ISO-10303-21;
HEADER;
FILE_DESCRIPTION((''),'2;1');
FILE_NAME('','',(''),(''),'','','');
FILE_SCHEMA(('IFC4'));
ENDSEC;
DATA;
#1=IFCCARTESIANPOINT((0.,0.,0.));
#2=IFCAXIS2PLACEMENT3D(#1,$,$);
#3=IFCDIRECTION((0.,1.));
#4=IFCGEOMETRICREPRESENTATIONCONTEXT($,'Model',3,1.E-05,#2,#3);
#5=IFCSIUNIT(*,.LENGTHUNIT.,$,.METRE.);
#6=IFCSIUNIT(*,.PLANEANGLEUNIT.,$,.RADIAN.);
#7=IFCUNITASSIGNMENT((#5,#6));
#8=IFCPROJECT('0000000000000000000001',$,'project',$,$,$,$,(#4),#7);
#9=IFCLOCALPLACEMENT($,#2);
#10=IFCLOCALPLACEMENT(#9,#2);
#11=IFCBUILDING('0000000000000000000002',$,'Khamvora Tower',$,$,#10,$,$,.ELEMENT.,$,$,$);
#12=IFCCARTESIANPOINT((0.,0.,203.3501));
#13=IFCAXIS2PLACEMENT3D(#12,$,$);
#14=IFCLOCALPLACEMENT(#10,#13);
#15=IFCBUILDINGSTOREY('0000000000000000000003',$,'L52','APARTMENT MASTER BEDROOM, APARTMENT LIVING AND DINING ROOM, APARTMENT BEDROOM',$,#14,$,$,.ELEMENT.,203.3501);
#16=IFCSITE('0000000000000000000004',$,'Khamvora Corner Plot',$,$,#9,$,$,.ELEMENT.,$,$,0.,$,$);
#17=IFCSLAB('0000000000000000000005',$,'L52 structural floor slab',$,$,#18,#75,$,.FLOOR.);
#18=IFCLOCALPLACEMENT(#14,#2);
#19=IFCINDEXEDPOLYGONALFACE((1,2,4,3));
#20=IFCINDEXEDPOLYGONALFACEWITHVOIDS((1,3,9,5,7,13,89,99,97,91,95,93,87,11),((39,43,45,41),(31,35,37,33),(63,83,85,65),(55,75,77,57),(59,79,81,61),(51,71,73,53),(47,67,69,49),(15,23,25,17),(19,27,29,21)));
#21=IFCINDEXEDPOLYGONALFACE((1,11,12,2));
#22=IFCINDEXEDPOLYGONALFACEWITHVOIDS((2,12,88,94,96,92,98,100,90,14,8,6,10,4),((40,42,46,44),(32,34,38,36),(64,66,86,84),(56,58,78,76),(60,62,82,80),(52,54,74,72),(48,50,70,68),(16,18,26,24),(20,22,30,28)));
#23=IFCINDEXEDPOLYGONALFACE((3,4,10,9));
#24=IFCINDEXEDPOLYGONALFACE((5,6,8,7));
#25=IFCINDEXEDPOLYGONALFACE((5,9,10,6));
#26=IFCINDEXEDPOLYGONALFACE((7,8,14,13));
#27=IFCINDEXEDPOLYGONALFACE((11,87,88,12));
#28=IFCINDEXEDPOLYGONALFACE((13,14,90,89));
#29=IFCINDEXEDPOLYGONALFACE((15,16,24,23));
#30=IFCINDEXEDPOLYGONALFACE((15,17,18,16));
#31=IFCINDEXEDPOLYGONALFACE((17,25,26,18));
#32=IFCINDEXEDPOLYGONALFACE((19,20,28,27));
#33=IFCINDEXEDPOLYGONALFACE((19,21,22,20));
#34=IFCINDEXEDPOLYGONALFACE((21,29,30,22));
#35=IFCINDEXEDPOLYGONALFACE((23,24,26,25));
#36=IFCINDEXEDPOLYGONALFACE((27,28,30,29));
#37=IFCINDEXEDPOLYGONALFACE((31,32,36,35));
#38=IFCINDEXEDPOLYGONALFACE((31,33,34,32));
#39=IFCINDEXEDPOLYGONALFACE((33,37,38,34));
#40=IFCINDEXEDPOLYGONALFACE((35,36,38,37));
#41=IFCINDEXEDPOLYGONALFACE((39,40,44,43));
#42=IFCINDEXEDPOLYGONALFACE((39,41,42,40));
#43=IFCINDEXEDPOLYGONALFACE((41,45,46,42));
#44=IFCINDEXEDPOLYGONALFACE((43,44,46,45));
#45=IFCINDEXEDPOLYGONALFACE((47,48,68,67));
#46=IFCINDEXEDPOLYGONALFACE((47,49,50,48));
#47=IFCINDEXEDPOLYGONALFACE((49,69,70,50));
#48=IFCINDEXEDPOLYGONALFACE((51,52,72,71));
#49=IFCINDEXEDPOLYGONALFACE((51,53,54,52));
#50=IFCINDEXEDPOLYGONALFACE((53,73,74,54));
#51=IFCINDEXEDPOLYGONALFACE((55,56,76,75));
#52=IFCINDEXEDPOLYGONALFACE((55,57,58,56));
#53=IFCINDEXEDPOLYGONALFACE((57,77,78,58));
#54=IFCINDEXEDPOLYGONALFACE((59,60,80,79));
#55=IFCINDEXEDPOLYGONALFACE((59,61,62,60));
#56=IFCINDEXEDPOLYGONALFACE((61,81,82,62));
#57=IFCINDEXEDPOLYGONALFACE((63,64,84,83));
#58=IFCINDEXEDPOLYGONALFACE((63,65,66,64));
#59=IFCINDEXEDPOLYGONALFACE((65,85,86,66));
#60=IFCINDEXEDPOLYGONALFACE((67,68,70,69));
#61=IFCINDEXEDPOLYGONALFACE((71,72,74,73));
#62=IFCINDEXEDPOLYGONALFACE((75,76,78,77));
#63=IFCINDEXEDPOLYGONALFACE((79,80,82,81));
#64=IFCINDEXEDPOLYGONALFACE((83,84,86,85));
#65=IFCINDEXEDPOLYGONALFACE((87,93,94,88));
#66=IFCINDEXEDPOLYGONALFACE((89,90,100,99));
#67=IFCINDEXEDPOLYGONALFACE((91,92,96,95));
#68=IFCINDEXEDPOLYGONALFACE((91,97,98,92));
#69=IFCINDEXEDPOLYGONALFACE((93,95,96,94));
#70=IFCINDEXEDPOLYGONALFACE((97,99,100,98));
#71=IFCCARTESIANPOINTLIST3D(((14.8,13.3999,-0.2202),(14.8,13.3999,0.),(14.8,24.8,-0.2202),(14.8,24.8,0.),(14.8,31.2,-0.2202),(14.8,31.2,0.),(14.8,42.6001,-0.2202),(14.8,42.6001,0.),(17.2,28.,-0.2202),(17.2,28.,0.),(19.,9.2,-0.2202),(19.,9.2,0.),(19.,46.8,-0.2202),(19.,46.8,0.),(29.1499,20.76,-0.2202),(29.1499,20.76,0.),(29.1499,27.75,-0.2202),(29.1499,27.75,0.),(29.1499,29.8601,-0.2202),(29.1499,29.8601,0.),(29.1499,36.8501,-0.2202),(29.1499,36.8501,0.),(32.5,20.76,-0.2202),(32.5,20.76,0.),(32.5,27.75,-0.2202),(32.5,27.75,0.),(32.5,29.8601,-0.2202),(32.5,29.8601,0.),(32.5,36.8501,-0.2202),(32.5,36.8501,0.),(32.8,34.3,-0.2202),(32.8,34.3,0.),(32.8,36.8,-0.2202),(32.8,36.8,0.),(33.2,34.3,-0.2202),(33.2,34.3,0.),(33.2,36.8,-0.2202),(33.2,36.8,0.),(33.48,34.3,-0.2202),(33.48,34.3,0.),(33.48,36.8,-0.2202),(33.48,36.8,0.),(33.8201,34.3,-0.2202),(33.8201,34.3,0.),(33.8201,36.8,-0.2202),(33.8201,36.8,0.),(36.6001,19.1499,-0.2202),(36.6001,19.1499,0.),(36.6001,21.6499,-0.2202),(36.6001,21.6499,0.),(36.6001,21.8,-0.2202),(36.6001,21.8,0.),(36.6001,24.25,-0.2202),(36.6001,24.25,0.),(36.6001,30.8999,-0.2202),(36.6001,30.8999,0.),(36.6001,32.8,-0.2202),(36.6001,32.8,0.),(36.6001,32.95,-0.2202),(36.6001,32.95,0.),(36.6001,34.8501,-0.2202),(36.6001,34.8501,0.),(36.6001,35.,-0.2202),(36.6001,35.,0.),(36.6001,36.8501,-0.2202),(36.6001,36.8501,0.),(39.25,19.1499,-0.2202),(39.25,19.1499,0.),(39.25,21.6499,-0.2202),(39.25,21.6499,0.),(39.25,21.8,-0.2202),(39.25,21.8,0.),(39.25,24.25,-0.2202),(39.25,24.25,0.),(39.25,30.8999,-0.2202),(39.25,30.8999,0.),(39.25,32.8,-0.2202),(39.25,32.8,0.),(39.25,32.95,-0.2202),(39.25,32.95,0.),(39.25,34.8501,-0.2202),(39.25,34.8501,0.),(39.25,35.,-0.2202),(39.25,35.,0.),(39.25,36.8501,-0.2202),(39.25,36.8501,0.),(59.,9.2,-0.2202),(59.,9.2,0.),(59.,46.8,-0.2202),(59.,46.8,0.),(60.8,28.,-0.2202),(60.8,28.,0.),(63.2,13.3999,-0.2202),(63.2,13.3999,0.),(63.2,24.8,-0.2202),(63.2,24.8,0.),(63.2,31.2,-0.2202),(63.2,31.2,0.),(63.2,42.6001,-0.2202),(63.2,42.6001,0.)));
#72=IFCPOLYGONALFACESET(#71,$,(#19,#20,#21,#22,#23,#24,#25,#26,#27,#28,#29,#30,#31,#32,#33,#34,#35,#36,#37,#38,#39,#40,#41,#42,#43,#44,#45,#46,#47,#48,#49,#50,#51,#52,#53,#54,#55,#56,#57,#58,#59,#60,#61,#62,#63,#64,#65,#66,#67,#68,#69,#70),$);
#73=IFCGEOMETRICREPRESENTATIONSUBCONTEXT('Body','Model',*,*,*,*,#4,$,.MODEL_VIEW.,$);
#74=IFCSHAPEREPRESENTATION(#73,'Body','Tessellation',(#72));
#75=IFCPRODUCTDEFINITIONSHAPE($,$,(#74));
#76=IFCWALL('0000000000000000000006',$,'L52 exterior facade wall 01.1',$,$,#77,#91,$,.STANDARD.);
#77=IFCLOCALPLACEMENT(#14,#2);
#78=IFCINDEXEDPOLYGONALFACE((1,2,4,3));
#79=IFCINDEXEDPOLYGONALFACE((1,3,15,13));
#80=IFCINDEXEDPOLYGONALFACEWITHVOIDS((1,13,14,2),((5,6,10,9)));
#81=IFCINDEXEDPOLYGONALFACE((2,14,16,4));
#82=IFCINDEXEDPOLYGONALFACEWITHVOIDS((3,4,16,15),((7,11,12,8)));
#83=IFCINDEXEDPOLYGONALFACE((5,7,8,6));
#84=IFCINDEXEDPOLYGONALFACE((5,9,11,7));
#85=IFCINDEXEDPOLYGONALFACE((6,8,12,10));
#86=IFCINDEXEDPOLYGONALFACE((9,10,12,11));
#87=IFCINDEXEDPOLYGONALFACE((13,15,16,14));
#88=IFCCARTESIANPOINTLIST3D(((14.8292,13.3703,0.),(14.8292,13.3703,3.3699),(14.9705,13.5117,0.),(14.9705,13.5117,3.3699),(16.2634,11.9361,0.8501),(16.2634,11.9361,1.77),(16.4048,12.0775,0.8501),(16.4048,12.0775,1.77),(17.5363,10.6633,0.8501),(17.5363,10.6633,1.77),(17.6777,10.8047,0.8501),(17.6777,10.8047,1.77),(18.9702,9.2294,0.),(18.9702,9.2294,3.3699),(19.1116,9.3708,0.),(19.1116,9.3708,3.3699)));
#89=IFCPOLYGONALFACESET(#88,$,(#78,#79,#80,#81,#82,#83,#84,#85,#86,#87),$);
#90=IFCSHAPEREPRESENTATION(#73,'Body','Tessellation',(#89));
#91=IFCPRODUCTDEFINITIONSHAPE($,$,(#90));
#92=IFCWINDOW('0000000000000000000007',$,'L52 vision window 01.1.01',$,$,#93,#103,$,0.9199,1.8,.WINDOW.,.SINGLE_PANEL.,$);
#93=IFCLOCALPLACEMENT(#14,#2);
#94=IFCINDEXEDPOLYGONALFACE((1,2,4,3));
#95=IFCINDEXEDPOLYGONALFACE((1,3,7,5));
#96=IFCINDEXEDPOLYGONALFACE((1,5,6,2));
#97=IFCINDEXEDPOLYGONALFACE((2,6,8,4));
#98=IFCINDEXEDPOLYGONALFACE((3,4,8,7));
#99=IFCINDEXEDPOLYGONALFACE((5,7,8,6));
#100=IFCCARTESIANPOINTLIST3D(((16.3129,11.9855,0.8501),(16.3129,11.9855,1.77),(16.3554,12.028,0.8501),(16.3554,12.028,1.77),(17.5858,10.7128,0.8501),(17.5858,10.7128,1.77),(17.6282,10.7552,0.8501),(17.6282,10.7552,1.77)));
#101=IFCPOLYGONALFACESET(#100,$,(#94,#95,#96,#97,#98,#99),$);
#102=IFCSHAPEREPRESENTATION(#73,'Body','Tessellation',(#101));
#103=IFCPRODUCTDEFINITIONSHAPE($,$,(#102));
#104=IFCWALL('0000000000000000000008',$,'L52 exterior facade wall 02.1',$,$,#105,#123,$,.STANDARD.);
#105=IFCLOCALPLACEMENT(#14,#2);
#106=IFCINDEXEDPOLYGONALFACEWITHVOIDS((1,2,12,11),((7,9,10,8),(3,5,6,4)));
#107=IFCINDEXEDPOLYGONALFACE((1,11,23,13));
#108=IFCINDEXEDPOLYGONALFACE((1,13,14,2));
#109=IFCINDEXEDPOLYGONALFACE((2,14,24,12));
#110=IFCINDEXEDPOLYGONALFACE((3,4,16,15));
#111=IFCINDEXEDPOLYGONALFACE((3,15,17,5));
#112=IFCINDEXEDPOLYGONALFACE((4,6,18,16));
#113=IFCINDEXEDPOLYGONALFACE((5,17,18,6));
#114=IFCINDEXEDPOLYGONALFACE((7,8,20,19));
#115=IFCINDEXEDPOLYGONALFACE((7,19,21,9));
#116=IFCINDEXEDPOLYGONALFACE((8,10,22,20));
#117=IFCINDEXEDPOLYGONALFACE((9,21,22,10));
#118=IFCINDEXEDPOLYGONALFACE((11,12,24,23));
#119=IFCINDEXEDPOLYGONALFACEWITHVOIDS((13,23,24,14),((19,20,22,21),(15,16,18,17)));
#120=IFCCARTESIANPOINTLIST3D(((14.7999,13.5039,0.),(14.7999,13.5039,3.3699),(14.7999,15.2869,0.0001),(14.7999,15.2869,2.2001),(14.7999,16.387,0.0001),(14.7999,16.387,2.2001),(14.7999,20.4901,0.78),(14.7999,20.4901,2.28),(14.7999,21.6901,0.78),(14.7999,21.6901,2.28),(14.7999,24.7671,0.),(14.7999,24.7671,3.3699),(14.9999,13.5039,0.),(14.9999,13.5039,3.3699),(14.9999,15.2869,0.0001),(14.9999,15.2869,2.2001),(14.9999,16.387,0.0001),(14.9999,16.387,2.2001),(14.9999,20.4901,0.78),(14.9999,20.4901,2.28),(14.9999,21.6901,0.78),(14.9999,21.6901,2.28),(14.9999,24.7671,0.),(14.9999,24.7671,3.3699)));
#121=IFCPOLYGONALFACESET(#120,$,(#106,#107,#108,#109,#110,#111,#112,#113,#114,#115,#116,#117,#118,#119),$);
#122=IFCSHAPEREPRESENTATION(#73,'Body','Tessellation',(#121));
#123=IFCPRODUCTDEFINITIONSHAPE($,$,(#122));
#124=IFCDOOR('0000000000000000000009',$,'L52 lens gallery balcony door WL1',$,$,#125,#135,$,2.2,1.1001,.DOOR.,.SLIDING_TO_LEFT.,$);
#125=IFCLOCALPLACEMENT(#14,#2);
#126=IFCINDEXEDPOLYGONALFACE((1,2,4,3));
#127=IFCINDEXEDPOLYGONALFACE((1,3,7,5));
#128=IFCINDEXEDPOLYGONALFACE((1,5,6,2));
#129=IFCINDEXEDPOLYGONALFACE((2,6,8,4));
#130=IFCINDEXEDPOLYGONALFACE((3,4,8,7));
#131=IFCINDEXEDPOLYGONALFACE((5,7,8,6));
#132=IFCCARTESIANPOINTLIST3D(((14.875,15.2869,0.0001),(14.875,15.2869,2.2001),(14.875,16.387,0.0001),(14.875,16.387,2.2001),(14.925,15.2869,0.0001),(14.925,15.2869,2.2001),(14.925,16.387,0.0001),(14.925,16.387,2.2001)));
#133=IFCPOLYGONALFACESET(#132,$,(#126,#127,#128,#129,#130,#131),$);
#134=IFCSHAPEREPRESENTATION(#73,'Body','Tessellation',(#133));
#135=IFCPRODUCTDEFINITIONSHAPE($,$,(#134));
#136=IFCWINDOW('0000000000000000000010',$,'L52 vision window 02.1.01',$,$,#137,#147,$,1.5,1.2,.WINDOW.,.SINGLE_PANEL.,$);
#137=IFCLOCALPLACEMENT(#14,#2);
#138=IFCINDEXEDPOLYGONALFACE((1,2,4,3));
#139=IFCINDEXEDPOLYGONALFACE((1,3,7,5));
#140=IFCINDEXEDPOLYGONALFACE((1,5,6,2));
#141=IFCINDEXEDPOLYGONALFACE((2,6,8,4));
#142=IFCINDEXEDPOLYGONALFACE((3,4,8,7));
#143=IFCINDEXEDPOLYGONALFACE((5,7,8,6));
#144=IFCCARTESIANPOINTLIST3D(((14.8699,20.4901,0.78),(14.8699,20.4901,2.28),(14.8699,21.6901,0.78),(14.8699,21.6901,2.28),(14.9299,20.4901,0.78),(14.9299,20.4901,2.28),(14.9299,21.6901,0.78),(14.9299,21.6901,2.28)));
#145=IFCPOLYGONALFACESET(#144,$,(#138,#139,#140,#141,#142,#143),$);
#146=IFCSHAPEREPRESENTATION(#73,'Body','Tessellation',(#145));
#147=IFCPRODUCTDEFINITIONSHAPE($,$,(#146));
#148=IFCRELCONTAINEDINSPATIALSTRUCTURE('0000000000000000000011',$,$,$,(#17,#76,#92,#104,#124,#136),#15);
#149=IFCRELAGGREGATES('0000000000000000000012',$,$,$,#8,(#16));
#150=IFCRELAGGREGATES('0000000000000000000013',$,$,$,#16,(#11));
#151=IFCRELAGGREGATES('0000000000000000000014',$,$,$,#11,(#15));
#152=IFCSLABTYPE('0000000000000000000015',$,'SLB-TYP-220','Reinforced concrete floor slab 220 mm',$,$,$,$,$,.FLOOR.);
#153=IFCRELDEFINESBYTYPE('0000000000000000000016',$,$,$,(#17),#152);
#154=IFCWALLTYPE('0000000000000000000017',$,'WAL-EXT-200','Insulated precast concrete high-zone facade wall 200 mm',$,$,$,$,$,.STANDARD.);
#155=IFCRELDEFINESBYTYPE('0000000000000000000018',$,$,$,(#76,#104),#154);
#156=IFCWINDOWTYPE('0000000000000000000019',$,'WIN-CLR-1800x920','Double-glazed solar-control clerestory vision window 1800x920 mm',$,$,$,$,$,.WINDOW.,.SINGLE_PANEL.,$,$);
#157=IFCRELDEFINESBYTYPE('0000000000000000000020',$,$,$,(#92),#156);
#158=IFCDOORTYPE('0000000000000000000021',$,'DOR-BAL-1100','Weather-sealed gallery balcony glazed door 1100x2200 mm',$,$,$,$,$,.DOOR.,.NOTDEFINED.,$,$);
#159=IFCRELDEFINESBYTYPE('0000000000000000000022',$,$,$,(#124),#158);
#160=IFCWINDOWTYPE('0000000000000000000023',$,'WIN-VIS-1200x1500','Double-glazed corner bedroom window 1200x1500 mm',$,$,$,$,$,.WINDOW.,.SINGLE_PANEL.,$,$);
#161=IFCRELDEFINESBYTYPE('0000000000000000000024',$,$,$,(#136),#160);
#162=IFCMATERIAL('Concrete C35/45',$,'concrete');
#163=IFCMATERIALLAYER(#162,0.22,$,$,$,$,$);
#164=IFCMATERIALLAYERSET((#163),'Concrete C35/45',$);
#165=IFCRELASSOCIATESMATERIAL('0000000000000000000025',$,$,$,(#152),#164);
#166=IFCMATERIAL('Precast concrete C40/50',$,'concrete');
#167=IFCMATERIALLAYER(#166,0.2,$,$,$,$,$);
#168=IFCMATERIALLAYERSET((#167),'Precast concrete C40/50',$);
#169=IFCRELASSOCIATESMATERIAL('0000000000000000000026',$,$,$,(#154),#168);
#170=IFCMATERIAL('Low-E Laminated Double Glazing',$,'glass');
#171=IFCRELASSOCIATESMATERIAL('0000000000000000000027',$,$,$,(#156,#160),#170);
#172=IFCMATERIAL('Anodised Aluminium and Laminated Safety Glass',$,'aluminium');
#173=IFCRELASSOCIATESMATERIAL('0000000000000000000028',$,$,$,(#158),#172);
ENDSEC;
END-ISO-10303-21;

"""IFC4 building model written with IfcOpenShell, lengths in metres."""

from ifc_helpers import new_model, si_unit, direction, frame, frame_2d, origin, place, context, subcontext, project, spatial, polyline, rectangle, outline, extrude, material, layer, layer_set, type_object, element, fill, save


model = new_model("IFC4")

# Units and contexts
model_context = context("Model", 3, precision=1e-05, world=origin(), true_north=direction((0.0, 1.0)))
body_context = subcontext(model_context, "Body", "Model", "MODEL_VIEW")
ifc_project = project(units=[si_unit("LENGTHUNIT", "METRE"), si_unit("PLANEANGLEUNIT", "RADIAN")], contexts=[model_context])

# Site, building, storey
site_placement = place(None, origin())
site = spatial("IfcSite", under=ifc_project, at=site_placement, Name="Khamvora Corner Plot", CompositionType="ELEMENT", RefElevation=0.0)
building_placement = place(site_placement, origin())
building = spatial("IfcBuilding", under=site, at=building_placement, Name="Khamvora Tower", CompositionType="ELEMENT")
storey_placement = place(building_placement, frame((0.0, 0.0, 203.3501)))
storey = spatial("IfcBuildingStorey", under=building, at=storey_placement, Name="L52", Description="APARTMENT MASTER BEDROOM, APARTMENT LIVING AND DINING ROOM, APARTMENT BEDROOM", CompositionType="ELEMENT", Elevation=203.3501)

# Slab
ifc_material_1 = material(Name="Concrete C35/45", Category="concrete")
ifc_layer_1 = layer(ifc_material_1, 0.22)
ifc_layer_set_1 = layer_set([ifc_layer_1], Name="Concrete C35/45")
slab_type_1 = type_object("IfcSlabType", Name="SLB-TYP-220", Description="Reinforced concrete floor slab 220 mm", PredefinedType="FLOOR", material=ifc_layer_set_1)
slab_1_placement = place(storey_placement, frame((0.0, 0.0, -0.2202)))
element("IfcSlab", 1, at=slab_1_placement, inside=storey, type_object=slab_type_1, Name="L52 structural floor slab", PredefinedType="FLOOR", context=body_context, shape_type="SweptSolid", body=[
    extrude(outline(polyline([(19.0, 9.2), (59.0, 9.2), (63.2, 13.3999), (63.2, 24.8), (60.8, 28.0), (63.2, 31.2), (63.2, 42.6001), (59.0, 46.8), (19.0, 46.8), (14.8, 42.6001), (14.8, 31.2), (17.2, 28.0), (14.8, 24.8), (14.8, 13.3999), (19.0, 9.2)]), holes=[polyline([(32.5, 20.76), (32.5, 27.75), (29.1499, 27.75), (29.1499, 20.76), (32.5, 20.76)]), polyline([(32.5, 29.8601), (32.5, 36.8501), (29.1499, 36.8501), (29.1499, 29.8601), (32.5, 29.8601)]), polyline([(36.6001, 19.1499), (39.25, 19.1499), (39.25, 21.6499), (36.6001, 21.6499), (36.6001, 19.1499)]), polyline([(36.6001, 21.8), (39.25, 21.8), (39.25, 24.25), (36.6001, 24.25), (36.6001, 21.8)]), polyline([(36.6001, 30.8999), (39.25, 30.8999), (39.25, 32.8), (36.6001, 32.8), (36.6001, 30.8999)]), polyline([(36.6001, 32.95), (39.25, 32.95), (39.25, 34.8501), (36.6001, 34.8501), (36.6001, 32.95)]), polyline([(36.6001, 35.0), (39.25, 35.0), (39.25, 36.8501), (36.6001, 36.8501), (36.6001, 35.0)]), polyline([(32.8, 34.3), (33.2, 34.3), (33.2, 36.8), (32.8, 36.8), (32.8, 34.3)]), polyline([(33.48, 34.3), (33.8201, 34.3), (33.8201, 36.8), (33.48, 36.8), (33.48, 34.3)])]), origin(), (0.0, 0.0, 1.0), 0.2202),
])

# Wall, opening, window
ifc_material_2 = material(Name="Precast concrete C40/50", Category="concrete")
ifc_layer_2 = layer(ifc_material_2, 0.2)
ifc_layer_set_2 = layer_set([ifc_layer_2], Name="Precast concrete C40/50")
wall_type_1 = type_object("IfcWallType", Name="WAL-EXT-200", Description="Insulated precast concrete high-zone facade wall 200 mm", PredefinedType="STANDARD", material=ifc_layer_set_2)
wall_1_placement = place(storey_placement, frame((19.041, 9.3, 0.0), z_axis=(0.0, 0.0, 1.0), x_axis=(-0.707128, 0.707086, 0.0)))
wall_1 = element("IfcWall", 2, at=wall_1_placement, inside=storey, type_object=wall_type_1, Name="L52 exterior facade wall 01.1", PredefinedType="STANDARD", context=body_context, shape_type="SweptSolid", body=[
    extrude(rectangle(XDim=5.8562, YDim=0.2, at=frame_2d((2.9282, 0.0))), origin(), (0.0, 0.0, 1.0), 3.3699),
])
opening_1_placement = place(wall_1_placement, frame((2.0281, 0.0, 0.8501)))
opening_1 = element("IfcOpeningElement", 3, at=opening_1_placement, cuts=wall_1, PredefinedType="OPENING", context=body_context, shape_type="SweptSolid", body=[
    extrude(rectangle(XDim=1.8, YDim=0.9199, at=frame_2d((0.8999, 0.46))), frame((0.0, 0.1099, 0.0), z_axis=(0.0, -1.0, 0.0), x_axis=(1.0, 0.0, 0.0)), (0.0, 0.0, 1.0), 0.22),
])
ifc_material_3 = material(Name="Low-E Laminated Double Glazing", Category="glass")
window_type_1 = type_object("IfcWindowType", Name="WIN-CLR-1800x920", Description="Double-glazed solar-control clerestory vision window 1800x920 mm", PartitioningType="SINGLE_PANEL", PredefinedType="WINDOW", material=ifc_material_3)
window_1_placement = place(opening_1_placement, origin())
window_1 = element("IfcWindow", 4, at=window_1_placement, inside=storey, type_object=window_type_1, Name="L52 vision window 01.1.01", OverallHeight=0.9199, OverallWidth=1.8, PartitioningType="SINGLE_PANEL", PredefinedType="WINDOW", context=body_context, shape_type="SweptSolid", body=[
    extrude(rectangle(XDim=1.8, YDim=0.9199, at=frame_2d((0.8999, 0.46))), frame((0.0, 0.03, 0.0), z_axis=(0.0, -1.0, 0.0), x_axis=(1.0, 0.0, 0.0)), (0.0, 0.0, 1.0), 0.0601),
])
fill(opening_1, window_1)

# Wall, openings, door, window
wall_2_placement = place(storey_placement, frame((14.8999, 13.5039, 0.0), z_axis=(0.0, 0.0, 1.0), x_axis=(0.0, 1.0, 0.0)))
wall_2 = element("IfcWall", 5, at=wall_2_placement, inside=storey, type_object=wall_type_1, Name="L52 exterior facade wall 02.1", PredefinedType="STANDARD", context=body_context, shape_type="SweptSolid", body=[
    extrude(rectangle(XDim=11.2632, YDim=0.2, at=frame_2d((5.6316, 0.0))), origin(), (0.0, 0.0, 1.0), 3.3699),
])
opening_2_placement = place(wall_2_placement, frame((1.783, 0.0, 0.0)))
opening_2 = element("IfcOpeningElement", 6, at=opening_2_placement, cuts=wall_2, PredefinedType="OPENING", context=body_context, shape_type="SweptSolid", body=[
    extrude(rectangle(XDim=1.1001, YDim=2.2, at=frame_2d((0.55, 1.1001))), frame((0.0, 0.1099, 0.0), z_axis=(0.0, -1.0, 0.0), x_axis=(1.0, 0.0, 0.0)), (0.0, 0.0, 1.0), 0.22),
])
opening_3_placement = place(wall_2_placement, frame((6.9861, 0.0, 0.78)))
opening_3 = element("IfcOpeningElement", 7, at=opening_3_placement, cuts=wall_2, PredefinedType="OPENING", context=body_context, shape_type="SweptSolid", body=[
    extrude(rectangle(XDim=1.2, YDim=1.5, at=frame_2d((0.6001, 0.75))), frame((0.0, 0.1099, 0.0), z_axis=(0.0, -1.0, 0.0), x_axis=(1.0, 0.0, 0.0)), (0.0, 0.0, 1.0), 0.22),
])
ifc_material_4 = material(Name="Anodised Aluminium and Laminated Safety Glass", Category="aluminium")
door_type_1 = type_object("IfcDoorType", Name="DOR-BAL-1100", Description="Weather-sealed gallery balcony glazed door 1100x2200 mm", OperationType="NOTDEFINED", PredefinedType="DOOR", material=ifc_material_4)
door_1_placement = place(opening_2_placement, origin())
door_1 = element("IfcDoor", 8, at=door_1_placement, inside=storey, type_object=door_type_1, Name="L52 lens gallery balcony door WL1", OperationType="SLIDING_TO_LEFT", OverallHeight=2.2, OverallWidth=1.1001, PredefinedType="DOOR", context=body_context, shape_type="SweptSolid", body=[
    extrude(rectangle(XDim=1.1001, YDim=2.2, at=frame_2d((0.55, 1.1001))), frame((0.0, 0.0249, 0.0), z_axis=(0.0, -1.0, 0.0), x_axis=(1.0, 0.0, 0.0)), (0.0, 0.0, 1.0), 0.05),
])
fill(opening_2, door_1)
window_type_2 = type_object("IfcWindowType", Name="WIN-VIS-1200x1500", Description="Double-glazed corner bedroom window 1200x1500 mm", PartitioningType="SINGLE_PANEL", PredefinedType="WINDOW", material=ifc_material_3)
window_2_placement = place(opening_3_placement, origin())
window_2 = element("IfcWindow", 9, at=window_2_placement, inside=storey, type_object=window_type_2, Name="L52 vision window 02.1.01", OverallHeight=1.5, OverallWidth=1.2, PartitioningType="SINGLE_PANEL", PredefinedType="WINDOW", context=body_context, shape_type="SweptSolid", body=[
    extrude(rectangle(XDim=1.2, YDim=1.5, at=frame_2d((0.6001, 0.75))), frame((0.0, 0.03, 0.0), z_axis=(0.0, -1.0, 0.0), x_axis=(1.0, 0.0, 0.0)), (0.0, 0.0, 1.0), 0.0601),
])
fill(opening_3, window_2)

save(model, "model.ifc")
